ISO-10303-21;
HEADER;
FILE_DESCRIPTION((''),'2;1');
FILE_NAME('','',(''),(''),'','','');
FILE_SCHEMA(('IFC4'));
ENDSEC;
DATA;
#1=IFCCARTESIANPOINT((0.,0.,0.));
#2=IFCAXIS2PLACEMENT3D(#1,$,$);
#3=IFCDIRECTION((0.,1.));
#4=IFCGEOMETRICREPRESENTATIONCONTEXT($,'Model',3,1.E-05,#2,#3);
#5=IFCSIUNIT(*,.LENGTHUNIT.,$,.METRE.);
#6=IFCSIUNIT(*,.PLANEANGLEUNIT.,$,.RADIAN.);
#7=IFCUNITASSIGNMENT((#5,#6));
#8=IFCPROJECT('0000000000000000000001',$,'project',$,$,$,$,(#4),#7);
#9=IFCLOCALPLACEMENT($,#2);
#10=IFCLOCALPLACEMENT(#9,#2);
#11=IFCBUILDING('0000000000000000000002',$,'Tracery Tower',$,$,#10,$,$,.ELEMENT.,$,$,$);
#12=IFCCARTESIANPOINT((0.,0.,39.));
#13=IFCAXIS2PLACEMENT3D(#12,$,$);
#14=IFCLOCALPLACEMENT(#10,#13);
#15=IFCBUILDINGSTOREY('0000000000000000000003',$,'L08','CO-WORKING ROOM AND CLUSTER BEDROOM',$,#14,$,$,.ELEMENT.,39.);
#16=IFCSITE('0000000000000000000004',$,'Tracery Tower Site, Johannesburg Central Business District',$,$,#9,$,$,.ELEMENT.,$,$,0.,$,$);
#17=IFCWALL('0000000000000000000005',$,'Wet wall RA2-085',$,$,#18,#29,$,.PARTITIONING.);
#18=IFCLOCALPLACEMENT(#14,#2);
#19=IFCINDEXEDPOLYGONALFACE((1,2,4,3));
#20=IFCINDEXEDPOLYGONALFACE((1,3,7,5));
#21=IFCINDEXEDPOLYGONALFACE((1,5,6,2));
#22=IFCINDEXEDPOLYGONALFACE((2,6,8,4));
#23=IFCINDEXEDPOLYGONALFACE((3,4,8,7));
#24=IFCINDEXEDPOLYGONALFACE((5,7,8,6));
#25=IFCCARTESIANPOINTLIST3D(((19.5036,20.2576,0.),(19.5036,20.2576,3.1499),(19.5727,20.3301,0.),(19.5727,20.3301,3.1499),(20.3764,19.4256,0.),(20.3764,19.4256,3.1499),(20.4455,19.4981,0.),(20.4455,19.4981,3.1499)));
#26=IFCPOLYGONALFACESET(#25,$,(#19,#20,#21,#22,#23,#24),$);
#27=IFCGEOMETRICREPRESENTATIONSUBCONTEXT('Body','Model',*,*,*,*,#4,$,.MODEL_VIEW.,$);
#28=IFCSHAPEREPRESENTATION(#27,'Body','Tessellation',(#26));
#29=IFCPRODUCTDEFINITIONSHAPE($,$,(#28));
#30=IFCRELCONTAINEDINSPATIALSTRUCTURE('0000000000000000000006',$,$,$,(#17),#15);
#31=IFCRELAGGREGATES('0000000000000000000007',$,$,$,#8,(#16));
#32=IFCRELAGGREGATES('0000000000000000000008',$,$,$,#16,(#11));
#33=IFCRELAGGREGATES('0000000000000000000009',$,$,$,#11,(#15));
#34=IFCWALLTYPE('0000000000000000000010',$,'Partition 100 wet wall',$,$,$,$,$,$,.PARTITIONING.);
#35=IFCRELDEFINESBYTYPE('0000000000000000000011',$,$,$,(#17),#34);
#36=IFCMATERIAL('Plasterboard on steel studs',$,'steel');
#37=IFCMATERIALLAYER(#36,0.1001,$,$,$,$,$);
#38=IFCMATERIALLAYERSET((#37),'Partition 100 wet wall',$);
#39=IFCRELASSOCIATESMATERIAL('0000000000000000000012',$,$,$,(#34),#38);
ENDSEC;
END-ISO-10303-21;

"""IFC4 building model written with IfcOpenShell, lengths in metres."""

from ifc_helpers import new_model, si_unit, direction, frame, frame_2d, origin, place, context, subcontext, project, spatial, rectangle, extrude, material, layer, layer_set, type_object, element, save


model = new_model("IFC4")

# Units and contexts
model_context = context("Model", 3, precision=1e-05, world=origin(), true_north=direction((0.0, 1.0)))
body_context = subcontext(model_context, "Body", "Model", "MODEL_VIEW")
ifc_project = project(units=[si_unit("LENGTHUNIT", "METRE"), si_unit("PLANEANGLEUNIT", "RADIAN")], contexts=[model_context])

# Site, building, storey
site_placement = place(None, origin())
site = spatial("IfcSite", under=ifc_project, at=site_placement, Name="Tracery Tower Site, Johannesburg Central Business District", CompositionType="ELEMENT", RefElevation=0.0)
building_placement = place(site_placement, origin())
building = spatial("IfcBuilding", under=site, at=building_placement, Name="Tracery Tower", CompositionType="ELEMENT")
storey_placement = place(building_placement, frame((0.0, 0.0, 39.0)))
storey = spatial("IfcBuildingStorey", under=building, at=storey_placement, Name="L08", Description="CO-WORKING ROOM AND CLUSTER BEDROOM", CompositionType="ELEMENT", Elevation=39.0)

# Wall
ifc_material_1 = material(Name="Plasterboard on steel studs", Category="steel")
ifc_layer_1 = layer(ifc_material_1, 0.1001)
ifc_layer_set_1 = layer_set([ifc_layer_1], Name="Partition 100 wet wall")
wall_type_1 = type_object("IfcWallType", Name="Partition 100 wet wall", PredefinedType="PARTITIONING", material=ifc_layer_set_1)
wall_1_placement = place(storey_placement, frame((19.5381, 20.2939, 0.0), z_axis=(0.0, 0.0, 1.0), x_axis=(0.72381, -0.689999, 0.0)))
element("IfcWall", 1, at=wall_1_placement, inside=storey, type_object=wall_type_1, Name="Wet wall RA2-085", PredefinedType="PARTITIONING", context=body_context, shape_type="SweptSolid", body=[
    extrude(rectangle(XDim=1.2058, YDim=0.1001, at=frame_2d((0.603, 0.0))), origin(), (0.0, 0.0, 1.0), 3.1499),
])

save(model, "model.ifc")
